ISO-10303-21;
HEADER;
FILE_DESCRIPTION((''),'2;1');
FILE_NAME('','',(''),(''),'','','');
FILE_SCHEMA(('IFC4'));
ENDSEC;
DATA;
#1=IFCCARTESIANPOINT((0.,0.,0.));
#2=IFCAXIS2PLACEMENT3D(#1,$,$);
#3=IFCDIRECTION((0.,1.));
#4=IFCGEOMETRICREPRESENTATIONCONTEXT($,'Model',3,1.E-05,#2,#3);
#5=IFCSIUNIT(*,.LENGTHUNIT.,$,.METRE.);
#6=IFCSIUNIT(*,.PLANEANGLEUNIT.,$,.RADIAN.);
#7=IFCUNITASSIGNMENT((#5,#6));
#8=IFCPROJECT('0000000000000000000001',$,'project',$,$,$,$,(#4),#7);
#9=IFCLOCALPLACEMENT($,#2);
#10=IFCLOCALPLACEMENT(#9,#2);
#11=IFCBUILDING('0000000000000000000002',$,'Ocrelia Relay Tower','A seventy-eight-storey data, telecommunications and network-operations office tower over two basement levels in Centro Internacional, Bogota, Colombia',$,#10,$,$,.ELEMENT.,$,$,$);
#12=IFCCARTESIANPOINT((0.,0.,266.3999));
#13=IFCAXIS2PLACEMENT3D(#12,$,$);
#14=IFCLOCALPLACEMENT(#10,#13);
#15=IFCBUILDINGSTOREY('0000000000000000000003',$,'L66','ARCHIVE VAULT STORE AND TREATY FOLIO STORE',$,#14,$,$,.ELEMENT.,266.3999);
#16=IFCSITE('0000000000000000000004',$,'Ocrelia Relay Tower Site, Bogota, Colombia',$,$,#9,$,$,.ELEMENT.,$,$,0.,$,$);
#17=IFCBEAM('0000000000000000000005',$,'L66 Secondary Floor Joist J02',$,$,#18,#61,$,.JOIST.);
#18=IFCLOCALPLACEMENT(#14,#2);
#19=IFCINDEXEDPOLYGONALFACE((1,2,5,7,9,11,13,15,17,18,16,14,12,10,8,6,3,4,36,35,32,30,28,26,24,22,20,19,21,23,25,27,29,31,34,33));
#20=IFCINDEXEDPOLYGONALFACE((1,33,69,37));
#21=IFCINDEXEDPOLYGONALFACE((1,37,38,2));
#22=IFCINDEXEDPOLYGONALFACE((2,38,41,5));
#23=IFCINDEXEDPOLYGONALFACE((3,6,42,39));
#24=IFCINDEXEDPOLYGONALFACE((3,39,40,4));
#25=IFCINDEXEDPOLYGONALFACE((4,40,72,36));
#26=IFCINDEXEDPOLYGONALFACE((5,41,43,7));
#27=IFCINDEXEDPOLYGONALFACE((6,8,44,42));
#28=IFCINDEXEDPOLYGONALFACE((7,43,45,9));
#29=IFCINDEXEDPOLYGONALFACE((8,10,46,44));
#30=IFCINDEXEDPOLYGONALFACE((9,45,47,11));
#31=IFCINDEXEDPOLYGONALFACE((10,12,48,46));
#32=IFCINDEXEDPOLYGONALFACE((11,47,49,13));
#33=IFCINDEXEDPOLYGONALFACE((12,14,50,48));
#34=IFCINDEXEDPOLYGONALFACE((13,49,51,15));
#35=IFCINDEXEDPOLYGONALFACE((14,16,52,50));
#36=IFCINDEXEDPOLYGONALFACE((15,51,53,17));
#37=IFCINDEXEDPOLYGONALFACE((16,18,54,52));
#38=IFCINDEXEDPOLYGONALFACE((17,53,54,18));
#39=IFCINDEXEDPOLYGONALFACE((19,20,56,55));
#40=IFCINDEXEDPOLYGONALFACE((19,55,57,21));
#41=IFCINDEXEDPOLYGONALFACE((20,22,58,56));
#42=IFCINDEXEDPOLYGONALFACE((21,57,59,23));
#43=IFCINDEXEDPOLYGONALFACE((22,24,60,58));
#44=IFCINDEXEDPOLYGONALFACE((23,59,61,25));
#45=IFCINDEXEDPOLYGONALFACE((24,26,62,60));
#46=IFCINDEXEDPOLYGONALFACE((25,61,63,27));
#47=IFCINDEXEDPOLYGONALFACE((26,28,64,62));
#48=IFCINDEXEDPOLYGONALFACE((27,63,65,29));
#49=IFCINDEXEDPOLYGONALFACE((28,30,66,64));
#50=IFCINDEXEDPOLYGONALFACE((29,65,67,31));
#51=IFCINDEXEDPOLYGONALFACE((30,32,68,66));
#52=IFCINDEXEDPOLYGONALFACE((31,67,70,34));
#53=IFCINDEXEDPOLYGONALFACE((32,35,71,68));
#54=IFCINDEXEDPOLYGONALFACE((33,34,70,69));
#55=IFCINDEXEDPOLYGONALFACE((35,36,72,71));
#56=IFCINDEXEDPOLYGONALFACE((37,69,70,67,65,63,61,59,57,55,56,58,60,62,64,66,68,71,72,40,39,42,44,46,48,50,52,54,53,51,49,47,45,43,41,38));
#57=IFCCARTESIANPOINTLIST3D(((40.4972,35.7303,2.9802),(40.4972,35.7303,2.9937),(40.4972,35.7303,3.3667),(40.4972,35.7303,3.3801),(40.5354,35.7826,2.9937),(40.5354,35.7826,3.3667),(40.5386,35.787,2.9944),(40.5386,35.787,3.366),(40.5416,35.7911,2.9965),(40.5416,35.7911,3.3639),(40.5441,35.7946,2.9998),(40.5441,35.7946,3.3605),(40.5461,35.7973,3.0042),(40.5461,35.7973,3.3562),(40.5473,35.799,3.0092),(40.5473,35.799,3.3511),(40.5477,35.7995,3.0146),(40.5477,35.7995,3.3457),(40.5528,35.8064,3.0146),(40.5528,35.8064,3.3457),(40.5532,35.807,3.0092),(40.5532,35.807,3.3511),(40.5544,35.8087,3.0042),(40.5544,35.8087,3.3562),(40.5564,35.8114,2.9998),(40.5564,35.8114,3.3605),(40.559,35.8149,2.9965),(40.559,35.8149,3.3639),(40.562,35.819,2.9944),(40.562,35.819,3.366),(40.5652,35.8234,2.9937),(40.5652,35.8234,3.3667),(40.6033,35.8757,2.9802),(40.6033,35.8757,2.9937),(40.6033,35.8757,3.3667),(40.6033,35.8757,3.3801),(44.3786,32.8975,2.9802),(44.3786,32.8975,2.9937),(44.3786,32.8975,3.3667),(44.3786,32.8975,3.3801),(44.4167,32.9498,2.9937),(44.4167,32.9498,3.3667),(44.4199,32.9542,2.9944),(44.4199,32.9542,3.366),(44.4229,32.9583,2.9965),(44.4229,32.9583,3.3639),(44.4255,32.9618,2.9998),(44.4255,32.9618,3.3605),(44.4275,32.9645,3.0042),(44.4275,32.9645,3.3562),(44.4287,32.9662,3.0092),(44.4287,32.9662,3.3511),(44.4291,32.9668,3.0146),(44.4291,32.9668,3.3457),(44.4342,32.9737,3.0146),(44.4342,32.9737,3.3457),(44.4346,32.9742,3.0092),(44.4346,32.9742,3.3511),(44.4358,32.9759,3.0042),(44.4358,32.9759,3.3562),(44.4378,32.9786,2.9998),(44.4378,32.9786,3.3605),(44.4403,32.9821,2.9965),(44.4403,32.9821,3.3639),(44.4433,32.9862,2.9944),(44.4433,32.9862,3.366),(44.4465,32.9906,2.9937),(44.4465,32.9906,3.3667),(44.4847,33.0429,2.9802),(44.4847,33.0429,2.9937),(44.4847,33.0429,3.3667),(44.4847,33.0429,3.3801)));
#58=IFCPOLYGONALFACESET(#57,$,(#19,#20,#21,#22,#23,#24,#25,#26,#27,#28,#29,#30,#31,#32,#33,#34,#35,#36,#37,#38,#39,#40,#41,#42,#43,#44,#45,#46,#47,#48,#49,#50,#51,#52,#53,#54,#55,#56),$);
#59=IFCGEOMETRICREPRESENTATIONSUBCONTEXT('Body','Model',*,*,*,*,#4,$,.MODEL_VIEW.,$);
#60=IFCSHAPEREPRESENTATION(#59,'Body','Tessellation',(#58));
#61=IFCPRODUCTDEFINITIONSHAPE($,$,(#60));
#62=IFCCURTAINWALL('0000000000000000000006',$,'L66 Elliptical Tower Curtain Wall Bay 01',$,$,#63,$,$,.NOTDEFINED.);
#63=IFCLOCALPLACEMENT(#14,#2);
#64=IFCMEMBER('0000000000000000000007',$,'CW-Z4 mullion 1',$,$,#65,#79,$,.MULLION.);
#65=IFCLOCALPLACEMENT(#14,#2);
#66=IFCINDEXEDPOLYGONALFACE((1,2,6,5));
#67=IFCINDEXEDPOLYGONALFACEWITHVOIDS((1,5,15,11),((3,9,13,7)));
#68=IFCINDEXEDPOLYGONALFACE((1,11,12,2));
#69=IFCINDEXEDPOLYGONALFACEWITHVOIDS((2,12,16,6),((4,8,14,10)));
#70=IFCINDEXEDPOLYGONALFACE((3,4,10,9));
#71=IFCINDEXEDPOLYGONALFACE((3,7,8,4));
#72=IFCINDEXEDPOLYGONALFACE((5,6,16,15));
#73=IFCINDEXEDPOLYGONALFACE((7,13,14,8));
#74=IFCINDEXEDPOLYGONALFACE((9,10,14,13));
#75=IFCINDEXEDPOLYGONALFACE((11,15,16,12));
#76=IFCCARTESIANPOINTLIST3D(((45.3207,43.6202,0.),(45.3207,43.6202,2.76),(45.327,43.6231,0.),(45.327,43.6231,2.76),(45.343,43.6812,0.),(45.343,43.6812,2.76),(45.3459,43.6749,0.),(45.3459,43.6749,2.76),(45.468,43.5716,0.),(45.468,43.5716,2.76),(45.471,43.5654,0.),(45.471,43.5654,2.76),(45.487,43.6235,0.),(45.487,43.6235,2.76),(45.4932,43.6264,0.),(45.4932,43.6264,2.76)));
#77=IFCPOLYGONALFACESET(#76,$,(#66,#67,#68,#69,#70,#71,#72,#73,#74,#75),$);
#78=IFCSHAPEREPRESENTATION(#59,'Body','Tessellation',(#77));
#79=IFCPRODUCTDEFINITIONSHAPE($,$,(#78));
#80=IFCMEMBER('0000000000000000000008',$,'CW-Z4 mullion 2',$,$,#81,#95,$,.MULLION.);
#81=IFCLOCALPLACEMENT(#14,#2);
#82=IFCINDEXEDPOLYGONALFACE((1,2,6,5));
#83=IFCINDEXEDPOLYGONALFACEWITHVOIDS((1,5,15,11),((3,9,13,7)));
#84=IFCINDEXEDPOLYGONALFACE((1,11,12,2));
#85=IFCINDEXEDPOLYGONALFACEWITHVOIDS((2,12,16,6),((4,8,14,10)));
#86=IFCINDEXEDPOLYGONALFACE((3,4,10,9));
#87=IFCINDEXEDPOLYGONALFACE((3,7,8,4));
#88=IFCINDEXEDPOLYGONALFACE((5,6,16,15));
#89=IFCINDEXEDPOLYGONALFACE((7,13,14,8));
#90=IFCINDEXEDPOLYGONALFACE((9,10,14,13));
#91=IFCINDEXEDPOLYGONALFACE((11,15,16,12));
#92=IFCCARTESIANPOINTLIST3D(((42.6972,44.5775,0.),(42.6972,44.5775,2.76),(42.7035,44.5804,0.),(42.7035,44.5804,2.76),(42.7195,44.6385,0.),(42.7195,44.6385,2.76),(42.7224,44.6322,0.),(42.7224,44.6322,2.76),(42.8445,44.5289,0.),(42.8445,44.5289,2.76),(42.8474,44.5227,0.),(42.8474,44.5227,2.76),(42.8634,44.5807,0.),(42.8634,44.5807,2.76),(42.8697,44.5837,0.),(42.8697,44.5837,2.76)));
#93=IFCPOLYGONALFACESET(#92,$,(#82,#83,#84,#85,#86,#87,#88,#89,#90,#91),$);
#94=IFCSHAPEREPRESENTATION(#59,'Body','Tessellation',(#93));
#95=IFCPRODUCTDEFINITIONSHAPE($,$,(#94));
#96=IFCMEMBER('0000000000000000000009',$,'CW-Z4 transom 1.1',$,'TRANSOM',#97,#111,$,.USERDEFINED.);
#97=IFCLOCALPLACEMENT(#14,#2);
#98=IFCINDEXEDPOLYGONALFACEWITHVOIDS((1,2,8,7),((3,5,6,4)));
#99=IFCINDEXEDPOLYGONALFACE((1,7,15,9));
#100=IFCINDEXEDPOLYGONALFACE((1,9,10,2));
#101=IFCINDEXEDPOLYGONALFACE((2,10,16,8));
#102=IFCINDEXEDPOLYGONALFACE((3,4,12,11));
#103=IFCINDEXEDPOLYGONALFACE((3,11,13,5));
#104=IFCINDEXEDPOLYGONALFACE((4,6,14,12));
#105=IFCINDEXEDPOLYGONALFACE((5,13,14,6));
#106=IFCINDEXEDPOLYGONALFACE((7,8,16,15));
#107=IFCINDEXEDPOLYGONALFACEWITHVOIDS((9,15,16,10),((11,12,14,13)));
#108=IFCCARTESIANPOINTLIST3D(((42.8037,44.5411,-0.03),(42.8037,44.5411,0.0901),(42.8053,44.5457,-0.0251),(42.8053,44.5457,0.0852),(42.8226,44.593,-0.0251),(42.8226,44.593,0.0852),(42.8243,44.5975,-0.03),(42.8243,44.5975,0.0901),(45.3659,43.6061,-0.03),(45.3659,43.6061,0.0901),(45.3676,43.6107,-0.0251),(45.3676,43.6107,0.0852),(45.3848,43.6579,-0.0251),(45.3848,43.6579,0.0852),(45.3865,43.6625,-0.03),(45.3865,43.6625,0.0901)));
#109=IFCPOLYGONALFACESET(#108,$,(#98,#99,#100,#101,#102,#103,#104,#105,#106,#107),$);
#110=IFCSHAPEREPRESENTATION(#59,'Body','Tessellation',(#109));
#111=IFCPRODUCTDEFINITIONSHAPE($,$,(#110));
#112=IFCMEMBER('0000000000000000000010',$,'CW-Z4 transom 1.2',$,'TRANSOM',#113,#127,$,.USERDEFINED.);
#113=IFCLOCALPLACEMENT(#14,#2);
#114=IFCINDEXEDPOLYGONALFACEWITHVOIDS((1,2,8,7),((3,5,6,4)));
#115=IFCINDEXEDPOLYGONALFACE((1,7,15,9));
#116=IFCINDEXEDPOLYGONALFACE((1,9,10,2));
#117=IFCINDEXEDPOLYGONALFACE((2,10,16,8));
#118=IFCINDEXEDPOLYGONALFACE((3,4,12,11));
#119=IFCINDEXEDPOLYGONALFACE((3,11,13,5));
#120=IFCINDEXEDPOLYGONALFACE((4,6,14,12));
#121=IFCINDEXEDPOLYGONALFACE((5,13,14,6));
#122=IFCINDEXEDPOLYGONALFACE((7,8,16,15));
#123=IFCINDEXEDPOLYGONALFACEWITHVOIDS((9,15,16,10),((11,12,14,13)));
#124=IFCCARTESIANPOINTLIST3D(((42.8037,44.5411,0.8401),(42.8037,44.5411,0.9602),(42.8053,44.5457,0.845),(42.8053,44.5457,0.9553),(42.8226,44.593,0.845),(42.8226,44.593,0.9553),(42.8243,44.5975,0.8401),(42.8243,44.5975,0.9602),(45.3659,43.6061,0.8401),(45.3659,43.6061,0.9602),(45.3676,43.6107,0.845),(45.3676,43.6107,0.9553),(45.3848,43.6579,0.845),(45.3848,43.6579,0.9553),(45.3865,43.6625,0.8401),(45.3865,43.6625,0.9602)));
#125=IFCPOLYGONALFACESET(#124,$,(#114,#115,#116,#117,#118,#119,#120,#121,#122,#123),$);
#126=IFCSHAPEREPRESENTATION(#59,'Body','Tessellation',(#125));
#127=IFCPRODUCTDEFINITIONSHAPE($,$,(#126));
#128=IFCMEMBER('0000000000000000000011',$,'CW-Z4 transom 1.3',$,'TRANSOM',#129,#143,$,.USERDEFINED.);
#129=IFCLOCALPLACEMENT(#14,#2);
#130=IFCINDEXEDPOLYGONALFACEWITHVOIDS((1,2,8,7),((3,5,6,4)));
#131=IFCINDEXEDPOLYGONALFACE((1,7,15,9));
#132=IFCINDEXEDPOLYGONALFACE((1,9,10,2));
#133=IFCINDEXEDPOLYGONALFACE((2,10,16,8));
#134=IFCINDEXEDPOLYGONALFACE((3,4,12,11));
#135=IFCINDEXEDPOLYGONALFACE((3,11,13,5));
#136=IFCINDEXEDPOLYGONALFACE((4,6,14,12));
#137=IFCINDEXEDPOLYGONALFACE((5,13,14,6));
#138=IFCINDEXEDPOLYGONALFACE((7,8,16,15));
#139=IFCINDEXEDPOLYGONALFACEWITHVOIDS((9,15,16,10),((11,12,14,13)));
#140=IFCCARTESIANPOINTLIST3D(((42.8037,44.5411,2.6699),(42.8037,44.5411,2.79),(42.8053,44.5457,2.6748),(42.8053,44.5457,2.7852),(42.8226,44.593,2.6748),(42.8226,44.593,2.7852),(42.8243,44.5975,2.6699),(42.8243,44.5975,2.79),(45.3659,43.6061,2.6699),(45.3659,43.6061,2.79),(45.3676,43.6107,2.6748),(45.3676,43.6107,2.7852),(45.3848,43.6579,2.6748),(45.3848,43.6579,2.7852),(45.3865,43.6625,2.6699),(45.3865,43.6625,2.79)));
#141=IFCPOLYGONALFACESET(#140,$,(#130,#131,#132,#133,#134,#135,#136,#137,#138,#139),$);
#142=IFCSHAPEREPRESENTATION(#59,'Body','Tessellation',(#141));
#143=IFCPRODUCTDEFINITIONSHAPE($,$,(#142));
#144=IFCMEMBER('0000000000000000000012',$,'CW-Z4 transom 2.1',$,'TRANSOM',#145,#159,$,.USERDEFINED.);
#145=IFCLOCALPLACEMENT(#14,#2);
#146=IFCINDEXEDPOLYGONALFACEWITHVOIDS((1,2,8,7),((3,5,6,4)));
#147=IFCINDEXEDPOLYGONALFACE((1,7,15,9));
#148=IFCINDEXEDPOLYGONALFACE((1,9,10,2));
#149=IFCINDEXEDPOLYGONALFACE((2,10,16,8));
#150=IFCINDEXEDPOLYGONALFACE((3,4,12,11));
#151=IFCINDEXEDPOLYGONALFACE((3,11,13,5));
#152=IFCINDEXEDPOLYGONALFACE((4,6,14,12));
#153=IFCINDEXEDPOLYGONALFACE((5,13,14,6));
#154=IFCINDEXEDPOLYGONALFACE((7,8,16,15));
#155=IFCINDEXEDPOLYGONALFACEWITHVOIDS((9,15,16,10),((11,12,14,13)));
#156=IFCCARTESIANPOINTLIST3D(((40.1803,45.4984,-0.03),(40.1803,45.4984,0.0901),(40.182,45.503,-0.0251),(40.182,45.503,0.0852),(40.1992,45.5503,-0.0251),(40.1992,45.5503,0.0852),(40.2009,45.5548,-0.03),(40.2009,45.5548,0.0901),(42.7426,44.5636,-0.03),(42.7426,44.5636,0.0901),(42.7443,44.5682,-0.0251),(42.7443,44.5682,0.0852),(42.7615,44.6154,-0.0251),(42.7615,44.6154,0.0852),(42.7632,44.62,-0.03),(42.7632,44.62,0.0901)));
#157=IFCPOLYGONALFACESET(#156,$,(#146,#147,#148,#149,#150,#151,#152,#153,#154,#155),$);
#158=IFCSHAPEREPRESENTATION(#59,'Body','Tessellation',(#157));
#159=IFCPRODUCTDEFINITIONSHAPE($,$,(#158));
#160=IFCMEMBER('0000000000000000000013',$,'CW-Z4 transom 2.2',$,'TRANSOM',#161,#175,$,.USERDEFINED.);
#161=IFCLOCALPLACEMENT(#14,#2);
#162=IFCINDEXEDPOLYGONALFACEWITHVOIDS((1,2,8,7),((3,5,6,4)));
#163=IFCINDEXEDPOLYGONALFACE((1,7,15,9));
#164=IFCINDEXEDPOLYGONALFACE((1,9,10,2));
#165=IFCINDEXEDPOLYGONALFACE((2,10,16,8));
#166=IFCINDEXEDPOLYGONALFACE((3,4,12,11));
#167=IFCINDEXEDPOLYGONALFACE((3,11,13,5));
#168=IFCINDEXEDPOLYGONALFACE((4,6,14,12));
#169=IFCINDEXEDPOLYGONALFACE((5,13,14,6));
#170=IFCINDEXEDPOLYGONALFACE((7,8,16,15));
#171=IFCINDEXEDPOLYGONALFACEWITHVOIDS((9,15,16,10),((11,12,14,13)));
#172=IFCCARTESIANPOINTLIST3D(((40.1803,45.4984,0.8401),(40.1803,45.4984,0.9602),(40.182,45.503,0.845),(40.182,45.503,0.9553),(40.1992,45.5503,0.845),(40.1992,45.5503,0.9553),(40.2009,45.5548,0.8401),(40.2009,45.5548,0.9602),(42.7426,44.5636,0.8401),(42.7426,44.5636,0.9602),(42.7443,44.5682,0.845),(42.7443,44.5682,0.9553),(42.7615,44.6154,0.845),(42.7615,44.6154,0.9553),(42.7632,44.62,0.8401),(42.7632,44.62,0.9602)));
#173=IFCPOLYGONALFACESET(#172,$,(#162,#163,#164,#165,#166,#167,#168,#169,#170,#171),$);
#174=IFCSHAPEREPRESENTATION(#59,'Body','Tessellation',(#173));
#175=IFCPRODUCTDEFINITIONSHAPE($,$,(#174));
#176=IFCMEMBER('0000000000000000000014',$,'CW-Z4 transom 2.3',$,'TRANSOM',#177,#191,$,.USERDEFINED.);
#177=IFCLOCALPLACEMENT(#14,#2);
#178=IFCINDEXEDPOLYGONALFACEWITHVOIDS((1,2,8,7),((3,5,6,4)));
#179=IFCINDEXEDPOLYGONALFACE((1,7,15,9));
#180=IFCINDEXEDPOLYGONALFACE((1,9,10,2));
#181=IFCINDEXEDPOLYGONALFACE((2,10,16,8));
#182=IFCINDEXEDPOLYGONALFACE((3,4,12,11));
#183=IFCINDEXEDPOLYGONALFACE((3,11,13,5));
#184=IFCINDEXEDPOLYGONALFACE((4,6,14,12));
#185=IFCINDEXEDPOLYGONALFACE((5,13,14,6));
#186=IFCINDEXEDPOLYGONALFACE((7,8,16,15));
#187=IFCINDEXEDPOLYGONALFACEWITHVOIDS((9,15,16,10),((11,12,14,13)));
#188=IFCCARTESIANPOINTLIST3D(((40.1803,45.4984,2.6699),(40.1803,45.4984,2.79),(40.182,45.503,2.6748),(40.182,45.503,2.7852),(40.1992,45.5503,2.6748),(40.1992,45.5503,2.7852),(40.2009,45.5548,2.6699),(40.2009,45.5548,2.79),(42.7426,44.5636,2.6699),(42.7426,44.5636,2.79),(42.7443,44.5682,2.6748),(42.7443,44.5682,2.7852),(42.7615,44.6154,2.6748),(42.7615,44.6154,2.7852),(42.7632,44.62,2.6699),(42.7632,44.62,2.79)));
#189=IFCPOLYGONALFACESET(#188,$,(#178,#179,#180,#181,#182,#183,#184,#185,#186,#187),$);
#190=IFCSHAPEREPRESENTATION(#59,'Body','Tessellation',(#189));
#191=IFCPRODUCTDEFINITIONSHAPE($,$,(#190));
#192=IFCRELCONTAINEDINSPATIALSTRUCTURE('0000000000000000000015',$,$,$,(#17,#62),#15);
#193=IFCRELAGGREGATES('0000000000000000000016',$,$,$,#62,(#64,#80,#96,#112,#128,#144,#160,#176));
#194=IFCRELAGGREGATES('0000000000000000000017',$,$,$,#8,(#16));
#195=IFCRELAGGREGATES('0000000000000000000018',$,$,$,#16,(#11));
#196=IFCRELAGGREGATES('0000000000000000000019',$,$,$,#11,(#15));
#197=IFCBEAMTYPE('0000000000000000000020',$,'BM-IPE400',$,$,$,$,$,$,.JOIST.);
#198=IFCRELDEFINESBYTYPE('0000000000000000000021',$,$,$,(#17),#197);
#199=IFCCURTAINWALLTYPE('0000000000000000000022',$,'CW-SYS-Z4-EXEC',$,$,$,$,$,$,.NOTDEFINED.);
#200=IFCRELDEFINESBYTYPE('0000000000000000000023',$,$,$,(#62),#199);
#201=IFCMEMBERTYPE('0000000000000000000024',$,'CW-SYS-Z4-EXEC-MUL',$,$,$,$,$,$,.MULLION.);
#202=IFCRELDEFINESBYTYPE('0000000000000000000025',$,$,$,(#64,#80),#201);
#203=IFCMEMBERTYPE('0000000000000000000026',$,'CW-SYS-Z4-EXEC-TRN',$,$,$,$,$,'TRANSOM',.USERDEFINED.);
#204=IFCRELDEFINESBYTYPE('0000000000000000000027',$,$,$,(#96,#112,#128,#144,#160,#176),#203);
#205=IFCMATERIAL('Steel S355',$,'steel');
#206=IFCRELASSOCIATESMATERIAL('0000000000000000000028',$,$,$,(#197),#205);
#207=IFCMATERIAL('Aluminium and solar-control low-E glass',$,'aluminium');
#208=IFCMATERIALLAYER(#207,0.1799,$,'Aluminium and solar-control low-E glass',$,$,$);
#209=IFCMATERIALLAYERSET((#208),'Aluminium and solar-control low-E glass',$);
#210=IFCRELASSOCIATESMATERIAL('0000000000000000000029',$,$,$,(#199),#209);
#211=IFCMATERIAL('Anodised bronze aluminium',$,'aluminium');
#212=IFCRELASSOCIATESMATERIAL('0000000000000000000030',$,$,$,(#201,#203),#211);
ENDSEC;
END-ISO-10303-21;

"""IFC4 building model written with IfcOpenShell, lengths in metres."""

from ifc_helpers import new_model, si_unit, direction, frame, origin, origin_2d, place, context, subcontext, project, spatial, hollow_rectangle, i_section, extrude, material, layer, layer_set, material_profile, profile_set, type_object, element, aggregate, save


model = new_model("IFC4")

# Units and contexts
model_context = context("Model", 3, precision=1e-05, world=origin(), true_north=direction((0.0, 1.0)))
body_context = subcontext(model_context, "Body", "Model", "MODEL_VIEW")
ifc_project = project(units=[si_unit("LENGTHUNIT", "METRE"), si_unit("PLANEANGLEUNIT", "RADIAN")], contexts=[model_context])

# Site, building, storey
site_placement = place(None, origin())
site = spatial("IfcSite", under=ifc_project, at=site_placement, Name="Ocrelia Relay Tower Site, Bogota, Colombia", CompositionType="ELEMENT", RefElevation=0.0)
building_placement = place(site_placement, origin())
building = spatial("IfcBuilding", under=site, at=building_placement, Name="Ocrelia Relay Tower", Description="A seventy-eight-storey data, telecommunications and network-operations office tower over two basement levels in Centro Internacional, Bogota, Colombia", CompositionType="ELEMENT")
storey_placement = place(building_placement, frame((0.0, 0.0, 266.3999)))
storey = spatial("IfcBuildingStorey", under=building, at=storey_placement, Name="L66", Description="ARCHIVE VAULT STORE AND TREATY FOLIO STORE", CompositionType="ELEMENT", Elevation=266.3999)

# Beam
ifc_material_1 = material(Name="Steel S355", Category="steel")
ifc_material_profile_1 = material_profile(ifc_material_1, i_section(OverallWidth=0.1799, OverallDepth=0.3999, WebThickness=0.0085, FlangeThickness=0.0134, FilletRadius=0.021, at=origin_2d()), Name="IPE 400")
ifc_profile_set_1 = profile_set([ifc_material_profile_1], Name="Steel S355")
beam_type_1 = type_object("IfcBeamType", Name="BM-IPE400", PredefinedType="JOIST", material=ifc_profile_set_1)
beam_1_placement = place(storey_placement, frame((44.4316, 32.9702, 3.1802), z_axis=(-0.807748, 0.589527, 0.0), x_axis=(-0.589527, -0.807748, 0.0)))
element("IfcBeam", 1, at=beam_1_placement, inside=storey, type_object=beam_type_1, Name="L66 Secondary Floor Joist J02", PredefinedType="JOIST", context=body_context, shape_type="SweptSolid", body=[
    extrude(i_section(OverallWidth=0.1799, OverallDepth=0.3999, WebThickness=0.0085, FlangeThickness=0.0134, FilletRadius=0.021, at=origin_2d()), origin(), (0.0, 0.0, 1.0), 4.8052),
])

# Curtain wall, members
ifc_material_2 = material(Name="Aluminium and solar-control low-E glass", Category="aluminium")
ifc_layer_1 = layer(ifc_material_2, 0.1799, Name="Aluminium and solar-control low-E glass")
ifc_layer_set_1 = layer_set([ifc_layer_1], Name="Aluminium and solar-control low-E glass")
curtain_wall_type = type_object("IfcCurtainWallType", Name="CW-SYS-Z4-EXEC", PredefinedType="NOTDEFINED", material=ifc_layer_set_1)
curtain_wall_placement = place(storey_placement, origin())
curtain_wall = element("IfcCurtainWall", 2, at=curtain_wall_placement, inside=storey, type_object=curtain_wall_type, Name="L66 Elliptical Tower Curtain Wall Bay 01", PredefinedType="NOTDEFINED")
ifc_material_3 = material(Name="Anodised bronze aluminium", Category="aluminium")
ifc_material_profile_2 = material_profile(ifc_material_3, hollow_rectangle(XDim=0.0649, YDim=0.1599, WallThickness=0.0049, at=origin_2d()), Name="CW-MUL-160x65")
ifc_profile_set_2 = profile_set([ifc_material_profile_2], Name="Anodised bronze aluminium")
member_type_1 = type_object("IfcMemberType", Name="CW-SYS-Z4-EXEC-MUL", PredefinedType="MULLION", material=ifc_profile_set_2)
member_1_placement = place(storey_placement, frame((45.407, 43.6233, 0.0), z_axis=(0.0, 0.0, 1.0), x_axis=(-0.342799, -0.939409, 0.0)))
member_1 = element("IfcMember", 3, at=member_1_placement, type_object=member_type_1, Name="CW-Z4 mullion 1", PredefinedType="MULLION", context=body_context, shape_type="SweptSolid", body=[
    extrude(hollow_rectangle(XDim=0.0649, YDim=0.1599, WallThickness=0.0049, at=origin_2d()), origin(), (0.0, 0.0, 1.0), 2.76),
])
member_2_placement = place(storey_placement, frame((42.7834, 44.5806, 0.0), z_axis=(0.0, 0.0, 1.0), x_axis=(-0.342799, -0.939409, 0.0)))
member_2 = element("IfcMember", 4, at=member_2_placement, type_object=member_type_1, Name="CW-Z4 mullion 2", PredefinedType="MULLION", context=body_context, shape_type="SweptSolid", body=[
    extrude(hollow_rectangle(XDim=0.0649, YDim=0.1599, WallThickness=0.0049, at=origin_2d()), origin(), (0.0, 0.0, 1.0), 2.76),
])
ifc_material_profile_3 = material_profile(ifc_material_3, hollow_rectangle(XDim=0.0601, YDim=0.1201, WallThickness=0.0049, at=origin_2d()), Name="CW-TRN-120x60")
ifc_profile_set_3 = profile_set([ifc_material_profile_3], Name="Anodised bronze aluminium")
member_type_2 = type_object("IfcMemberType", Name="CW-SYS-Z4-EXEC-TRN", ElementType="TRANSOM", PredefinedType="USERDEFINED", material=ifc_profile_set_3)
member_3_placement = place(storey_placement, frame((45.3762, 43.6343, 0.03), z_axis=(-0.939401, 0.342821, 0.0), x_axis=(-0.342821, -0.939401, 0.0)))
member_3 = element("IfcMember", 5, at=member_3_placement, type_object=member_type_2, Name="CW-Z4 transom 1.1", ObjectType="TRANSOM", PredefinedType="USERDEFINED", context=body_context, shape_type="SweptSolid", body=[
    extrude(hollow_rectangle(XDim=0.0601, YDim=0.1201, WallThickness=0.0049, at=origin_2d()), origin(), (0.0, 0.0, 1.0), 2.7275),
])
member_4_placement = place(storey_placement, frame((45.3762, 43.6343, 0.9001), z_axis=(-0.939401, 0.342821, 0.0), x_axis=(-0.342821, -0.939401, 0.0)))
member_4 = element("IfcMember", 6, at=member_4_placement, type_object=member_type_2, Name="CW-Z4 transom 1.2", ObjectType="TRANSOM", PredefinedType="USERDEFINED", context=body_context, shape_type="SweptSolid", body=[
    extrude(hollow_rectangle(XDim=0.0601, YDim=0.1201, WallThickness=0.0049, at=origin_2d()), origin(), (0.0, 0.0, 1.0), 2.7275),
])
member_5_placement = place(storey_placement, frame((45.3762, 43.6343, 2.73), z_axis=(-0.939401, 0.342821, 0.0), x_axis=(-0.342821, -0.939401, 0.0)))
member_5 = element("IfcMember", 7, at=member_5_placement, type_object=member_type_2, Name="CW-Z4 transom 1.3", ObjectType="TRANSOM", PredefinedType="USERDEFINED", context=body_context, shape_type="SweptSolid", body=[
    extrude(hollow_rectangle(XDim=0.0601, YDim=0.1201, WallThickness=0.0049, at=origin_2d()), origin(), (0.0, 0.0, 1.0), 2.7275),
])
member_6_placement = place(storey_placement, frame((42.7529, 44.5918, 0.03), z_axis=(-0.93943, 0.342742, 0.0), x_axis=(-0.342742, -0.93943, 0.0)))
member_6 = element("IfcMember", 8, at=member_6_placement, type_object=member_type_2, Name="CW-Z4 transom 2.1", ObjectType="TRANSOM", PredefinedType="USERDEFINED", context=body_context, shape_type="SweptSolid", body=[
    extrude(hollow_rectangle(XDim=0.0601, YDim=0.1201, WallThickness=0.0049, at=origin_2d()), origin(), (0.0, 0.0, 1.0), 2.7275),
])
member_7_placement = place(storey_placement, frame((42.7529, 44.5918, 0.9001), z_axis=(-0.93943, 0.342742, 0.0), x_axis=(-0.342742, -0.93943, 0.0)))
member_7 = element("IfcMember", 9, at=member_7_placement, type_object=member_type_2, Name="CW-Z4 transom 2.2", ObjectType="TRANSOM", PredefinedType="USERDEFINED", context=body_context, shape_type="SweptSolid", body=[
    extrude(hollow_rectangle(XDim=0.0601, YDim=0.1201, WallThickness=0.0049, at=origin_2d()), origin(), (0.0, 0.0, 1.0), 2.7275),
])
member_8_placement = place(storey_placement, frame((42.7529, 44.5918, 2.73), z_axis=(-0.93943, 0.342742, 0.0), x_axis=(-0.342742, -0.93943, 0.0)))
member_8 = element("IfcMember", 10, at=member_8_placement, type_object=member_type_2, Name="CW-Z4 transom 2.3", ObjectType="TRANSOM", PredefinedType="USERDEFINED", context=body_context, shape_type="SweptSolid", body=[
    extrude(hollow_rectangle(XDim=0.0601, YDim=0.1201, WallThickness=0.0049, at=origin_2d()), origin(), (0.0, 0.0, 1.0), 2.7275),
])
aggregate(curtain_wall, [member_1, member_2, member_3, member_4, member_5, member_6, member_7, member_8])

save(model, "model.ifc")
